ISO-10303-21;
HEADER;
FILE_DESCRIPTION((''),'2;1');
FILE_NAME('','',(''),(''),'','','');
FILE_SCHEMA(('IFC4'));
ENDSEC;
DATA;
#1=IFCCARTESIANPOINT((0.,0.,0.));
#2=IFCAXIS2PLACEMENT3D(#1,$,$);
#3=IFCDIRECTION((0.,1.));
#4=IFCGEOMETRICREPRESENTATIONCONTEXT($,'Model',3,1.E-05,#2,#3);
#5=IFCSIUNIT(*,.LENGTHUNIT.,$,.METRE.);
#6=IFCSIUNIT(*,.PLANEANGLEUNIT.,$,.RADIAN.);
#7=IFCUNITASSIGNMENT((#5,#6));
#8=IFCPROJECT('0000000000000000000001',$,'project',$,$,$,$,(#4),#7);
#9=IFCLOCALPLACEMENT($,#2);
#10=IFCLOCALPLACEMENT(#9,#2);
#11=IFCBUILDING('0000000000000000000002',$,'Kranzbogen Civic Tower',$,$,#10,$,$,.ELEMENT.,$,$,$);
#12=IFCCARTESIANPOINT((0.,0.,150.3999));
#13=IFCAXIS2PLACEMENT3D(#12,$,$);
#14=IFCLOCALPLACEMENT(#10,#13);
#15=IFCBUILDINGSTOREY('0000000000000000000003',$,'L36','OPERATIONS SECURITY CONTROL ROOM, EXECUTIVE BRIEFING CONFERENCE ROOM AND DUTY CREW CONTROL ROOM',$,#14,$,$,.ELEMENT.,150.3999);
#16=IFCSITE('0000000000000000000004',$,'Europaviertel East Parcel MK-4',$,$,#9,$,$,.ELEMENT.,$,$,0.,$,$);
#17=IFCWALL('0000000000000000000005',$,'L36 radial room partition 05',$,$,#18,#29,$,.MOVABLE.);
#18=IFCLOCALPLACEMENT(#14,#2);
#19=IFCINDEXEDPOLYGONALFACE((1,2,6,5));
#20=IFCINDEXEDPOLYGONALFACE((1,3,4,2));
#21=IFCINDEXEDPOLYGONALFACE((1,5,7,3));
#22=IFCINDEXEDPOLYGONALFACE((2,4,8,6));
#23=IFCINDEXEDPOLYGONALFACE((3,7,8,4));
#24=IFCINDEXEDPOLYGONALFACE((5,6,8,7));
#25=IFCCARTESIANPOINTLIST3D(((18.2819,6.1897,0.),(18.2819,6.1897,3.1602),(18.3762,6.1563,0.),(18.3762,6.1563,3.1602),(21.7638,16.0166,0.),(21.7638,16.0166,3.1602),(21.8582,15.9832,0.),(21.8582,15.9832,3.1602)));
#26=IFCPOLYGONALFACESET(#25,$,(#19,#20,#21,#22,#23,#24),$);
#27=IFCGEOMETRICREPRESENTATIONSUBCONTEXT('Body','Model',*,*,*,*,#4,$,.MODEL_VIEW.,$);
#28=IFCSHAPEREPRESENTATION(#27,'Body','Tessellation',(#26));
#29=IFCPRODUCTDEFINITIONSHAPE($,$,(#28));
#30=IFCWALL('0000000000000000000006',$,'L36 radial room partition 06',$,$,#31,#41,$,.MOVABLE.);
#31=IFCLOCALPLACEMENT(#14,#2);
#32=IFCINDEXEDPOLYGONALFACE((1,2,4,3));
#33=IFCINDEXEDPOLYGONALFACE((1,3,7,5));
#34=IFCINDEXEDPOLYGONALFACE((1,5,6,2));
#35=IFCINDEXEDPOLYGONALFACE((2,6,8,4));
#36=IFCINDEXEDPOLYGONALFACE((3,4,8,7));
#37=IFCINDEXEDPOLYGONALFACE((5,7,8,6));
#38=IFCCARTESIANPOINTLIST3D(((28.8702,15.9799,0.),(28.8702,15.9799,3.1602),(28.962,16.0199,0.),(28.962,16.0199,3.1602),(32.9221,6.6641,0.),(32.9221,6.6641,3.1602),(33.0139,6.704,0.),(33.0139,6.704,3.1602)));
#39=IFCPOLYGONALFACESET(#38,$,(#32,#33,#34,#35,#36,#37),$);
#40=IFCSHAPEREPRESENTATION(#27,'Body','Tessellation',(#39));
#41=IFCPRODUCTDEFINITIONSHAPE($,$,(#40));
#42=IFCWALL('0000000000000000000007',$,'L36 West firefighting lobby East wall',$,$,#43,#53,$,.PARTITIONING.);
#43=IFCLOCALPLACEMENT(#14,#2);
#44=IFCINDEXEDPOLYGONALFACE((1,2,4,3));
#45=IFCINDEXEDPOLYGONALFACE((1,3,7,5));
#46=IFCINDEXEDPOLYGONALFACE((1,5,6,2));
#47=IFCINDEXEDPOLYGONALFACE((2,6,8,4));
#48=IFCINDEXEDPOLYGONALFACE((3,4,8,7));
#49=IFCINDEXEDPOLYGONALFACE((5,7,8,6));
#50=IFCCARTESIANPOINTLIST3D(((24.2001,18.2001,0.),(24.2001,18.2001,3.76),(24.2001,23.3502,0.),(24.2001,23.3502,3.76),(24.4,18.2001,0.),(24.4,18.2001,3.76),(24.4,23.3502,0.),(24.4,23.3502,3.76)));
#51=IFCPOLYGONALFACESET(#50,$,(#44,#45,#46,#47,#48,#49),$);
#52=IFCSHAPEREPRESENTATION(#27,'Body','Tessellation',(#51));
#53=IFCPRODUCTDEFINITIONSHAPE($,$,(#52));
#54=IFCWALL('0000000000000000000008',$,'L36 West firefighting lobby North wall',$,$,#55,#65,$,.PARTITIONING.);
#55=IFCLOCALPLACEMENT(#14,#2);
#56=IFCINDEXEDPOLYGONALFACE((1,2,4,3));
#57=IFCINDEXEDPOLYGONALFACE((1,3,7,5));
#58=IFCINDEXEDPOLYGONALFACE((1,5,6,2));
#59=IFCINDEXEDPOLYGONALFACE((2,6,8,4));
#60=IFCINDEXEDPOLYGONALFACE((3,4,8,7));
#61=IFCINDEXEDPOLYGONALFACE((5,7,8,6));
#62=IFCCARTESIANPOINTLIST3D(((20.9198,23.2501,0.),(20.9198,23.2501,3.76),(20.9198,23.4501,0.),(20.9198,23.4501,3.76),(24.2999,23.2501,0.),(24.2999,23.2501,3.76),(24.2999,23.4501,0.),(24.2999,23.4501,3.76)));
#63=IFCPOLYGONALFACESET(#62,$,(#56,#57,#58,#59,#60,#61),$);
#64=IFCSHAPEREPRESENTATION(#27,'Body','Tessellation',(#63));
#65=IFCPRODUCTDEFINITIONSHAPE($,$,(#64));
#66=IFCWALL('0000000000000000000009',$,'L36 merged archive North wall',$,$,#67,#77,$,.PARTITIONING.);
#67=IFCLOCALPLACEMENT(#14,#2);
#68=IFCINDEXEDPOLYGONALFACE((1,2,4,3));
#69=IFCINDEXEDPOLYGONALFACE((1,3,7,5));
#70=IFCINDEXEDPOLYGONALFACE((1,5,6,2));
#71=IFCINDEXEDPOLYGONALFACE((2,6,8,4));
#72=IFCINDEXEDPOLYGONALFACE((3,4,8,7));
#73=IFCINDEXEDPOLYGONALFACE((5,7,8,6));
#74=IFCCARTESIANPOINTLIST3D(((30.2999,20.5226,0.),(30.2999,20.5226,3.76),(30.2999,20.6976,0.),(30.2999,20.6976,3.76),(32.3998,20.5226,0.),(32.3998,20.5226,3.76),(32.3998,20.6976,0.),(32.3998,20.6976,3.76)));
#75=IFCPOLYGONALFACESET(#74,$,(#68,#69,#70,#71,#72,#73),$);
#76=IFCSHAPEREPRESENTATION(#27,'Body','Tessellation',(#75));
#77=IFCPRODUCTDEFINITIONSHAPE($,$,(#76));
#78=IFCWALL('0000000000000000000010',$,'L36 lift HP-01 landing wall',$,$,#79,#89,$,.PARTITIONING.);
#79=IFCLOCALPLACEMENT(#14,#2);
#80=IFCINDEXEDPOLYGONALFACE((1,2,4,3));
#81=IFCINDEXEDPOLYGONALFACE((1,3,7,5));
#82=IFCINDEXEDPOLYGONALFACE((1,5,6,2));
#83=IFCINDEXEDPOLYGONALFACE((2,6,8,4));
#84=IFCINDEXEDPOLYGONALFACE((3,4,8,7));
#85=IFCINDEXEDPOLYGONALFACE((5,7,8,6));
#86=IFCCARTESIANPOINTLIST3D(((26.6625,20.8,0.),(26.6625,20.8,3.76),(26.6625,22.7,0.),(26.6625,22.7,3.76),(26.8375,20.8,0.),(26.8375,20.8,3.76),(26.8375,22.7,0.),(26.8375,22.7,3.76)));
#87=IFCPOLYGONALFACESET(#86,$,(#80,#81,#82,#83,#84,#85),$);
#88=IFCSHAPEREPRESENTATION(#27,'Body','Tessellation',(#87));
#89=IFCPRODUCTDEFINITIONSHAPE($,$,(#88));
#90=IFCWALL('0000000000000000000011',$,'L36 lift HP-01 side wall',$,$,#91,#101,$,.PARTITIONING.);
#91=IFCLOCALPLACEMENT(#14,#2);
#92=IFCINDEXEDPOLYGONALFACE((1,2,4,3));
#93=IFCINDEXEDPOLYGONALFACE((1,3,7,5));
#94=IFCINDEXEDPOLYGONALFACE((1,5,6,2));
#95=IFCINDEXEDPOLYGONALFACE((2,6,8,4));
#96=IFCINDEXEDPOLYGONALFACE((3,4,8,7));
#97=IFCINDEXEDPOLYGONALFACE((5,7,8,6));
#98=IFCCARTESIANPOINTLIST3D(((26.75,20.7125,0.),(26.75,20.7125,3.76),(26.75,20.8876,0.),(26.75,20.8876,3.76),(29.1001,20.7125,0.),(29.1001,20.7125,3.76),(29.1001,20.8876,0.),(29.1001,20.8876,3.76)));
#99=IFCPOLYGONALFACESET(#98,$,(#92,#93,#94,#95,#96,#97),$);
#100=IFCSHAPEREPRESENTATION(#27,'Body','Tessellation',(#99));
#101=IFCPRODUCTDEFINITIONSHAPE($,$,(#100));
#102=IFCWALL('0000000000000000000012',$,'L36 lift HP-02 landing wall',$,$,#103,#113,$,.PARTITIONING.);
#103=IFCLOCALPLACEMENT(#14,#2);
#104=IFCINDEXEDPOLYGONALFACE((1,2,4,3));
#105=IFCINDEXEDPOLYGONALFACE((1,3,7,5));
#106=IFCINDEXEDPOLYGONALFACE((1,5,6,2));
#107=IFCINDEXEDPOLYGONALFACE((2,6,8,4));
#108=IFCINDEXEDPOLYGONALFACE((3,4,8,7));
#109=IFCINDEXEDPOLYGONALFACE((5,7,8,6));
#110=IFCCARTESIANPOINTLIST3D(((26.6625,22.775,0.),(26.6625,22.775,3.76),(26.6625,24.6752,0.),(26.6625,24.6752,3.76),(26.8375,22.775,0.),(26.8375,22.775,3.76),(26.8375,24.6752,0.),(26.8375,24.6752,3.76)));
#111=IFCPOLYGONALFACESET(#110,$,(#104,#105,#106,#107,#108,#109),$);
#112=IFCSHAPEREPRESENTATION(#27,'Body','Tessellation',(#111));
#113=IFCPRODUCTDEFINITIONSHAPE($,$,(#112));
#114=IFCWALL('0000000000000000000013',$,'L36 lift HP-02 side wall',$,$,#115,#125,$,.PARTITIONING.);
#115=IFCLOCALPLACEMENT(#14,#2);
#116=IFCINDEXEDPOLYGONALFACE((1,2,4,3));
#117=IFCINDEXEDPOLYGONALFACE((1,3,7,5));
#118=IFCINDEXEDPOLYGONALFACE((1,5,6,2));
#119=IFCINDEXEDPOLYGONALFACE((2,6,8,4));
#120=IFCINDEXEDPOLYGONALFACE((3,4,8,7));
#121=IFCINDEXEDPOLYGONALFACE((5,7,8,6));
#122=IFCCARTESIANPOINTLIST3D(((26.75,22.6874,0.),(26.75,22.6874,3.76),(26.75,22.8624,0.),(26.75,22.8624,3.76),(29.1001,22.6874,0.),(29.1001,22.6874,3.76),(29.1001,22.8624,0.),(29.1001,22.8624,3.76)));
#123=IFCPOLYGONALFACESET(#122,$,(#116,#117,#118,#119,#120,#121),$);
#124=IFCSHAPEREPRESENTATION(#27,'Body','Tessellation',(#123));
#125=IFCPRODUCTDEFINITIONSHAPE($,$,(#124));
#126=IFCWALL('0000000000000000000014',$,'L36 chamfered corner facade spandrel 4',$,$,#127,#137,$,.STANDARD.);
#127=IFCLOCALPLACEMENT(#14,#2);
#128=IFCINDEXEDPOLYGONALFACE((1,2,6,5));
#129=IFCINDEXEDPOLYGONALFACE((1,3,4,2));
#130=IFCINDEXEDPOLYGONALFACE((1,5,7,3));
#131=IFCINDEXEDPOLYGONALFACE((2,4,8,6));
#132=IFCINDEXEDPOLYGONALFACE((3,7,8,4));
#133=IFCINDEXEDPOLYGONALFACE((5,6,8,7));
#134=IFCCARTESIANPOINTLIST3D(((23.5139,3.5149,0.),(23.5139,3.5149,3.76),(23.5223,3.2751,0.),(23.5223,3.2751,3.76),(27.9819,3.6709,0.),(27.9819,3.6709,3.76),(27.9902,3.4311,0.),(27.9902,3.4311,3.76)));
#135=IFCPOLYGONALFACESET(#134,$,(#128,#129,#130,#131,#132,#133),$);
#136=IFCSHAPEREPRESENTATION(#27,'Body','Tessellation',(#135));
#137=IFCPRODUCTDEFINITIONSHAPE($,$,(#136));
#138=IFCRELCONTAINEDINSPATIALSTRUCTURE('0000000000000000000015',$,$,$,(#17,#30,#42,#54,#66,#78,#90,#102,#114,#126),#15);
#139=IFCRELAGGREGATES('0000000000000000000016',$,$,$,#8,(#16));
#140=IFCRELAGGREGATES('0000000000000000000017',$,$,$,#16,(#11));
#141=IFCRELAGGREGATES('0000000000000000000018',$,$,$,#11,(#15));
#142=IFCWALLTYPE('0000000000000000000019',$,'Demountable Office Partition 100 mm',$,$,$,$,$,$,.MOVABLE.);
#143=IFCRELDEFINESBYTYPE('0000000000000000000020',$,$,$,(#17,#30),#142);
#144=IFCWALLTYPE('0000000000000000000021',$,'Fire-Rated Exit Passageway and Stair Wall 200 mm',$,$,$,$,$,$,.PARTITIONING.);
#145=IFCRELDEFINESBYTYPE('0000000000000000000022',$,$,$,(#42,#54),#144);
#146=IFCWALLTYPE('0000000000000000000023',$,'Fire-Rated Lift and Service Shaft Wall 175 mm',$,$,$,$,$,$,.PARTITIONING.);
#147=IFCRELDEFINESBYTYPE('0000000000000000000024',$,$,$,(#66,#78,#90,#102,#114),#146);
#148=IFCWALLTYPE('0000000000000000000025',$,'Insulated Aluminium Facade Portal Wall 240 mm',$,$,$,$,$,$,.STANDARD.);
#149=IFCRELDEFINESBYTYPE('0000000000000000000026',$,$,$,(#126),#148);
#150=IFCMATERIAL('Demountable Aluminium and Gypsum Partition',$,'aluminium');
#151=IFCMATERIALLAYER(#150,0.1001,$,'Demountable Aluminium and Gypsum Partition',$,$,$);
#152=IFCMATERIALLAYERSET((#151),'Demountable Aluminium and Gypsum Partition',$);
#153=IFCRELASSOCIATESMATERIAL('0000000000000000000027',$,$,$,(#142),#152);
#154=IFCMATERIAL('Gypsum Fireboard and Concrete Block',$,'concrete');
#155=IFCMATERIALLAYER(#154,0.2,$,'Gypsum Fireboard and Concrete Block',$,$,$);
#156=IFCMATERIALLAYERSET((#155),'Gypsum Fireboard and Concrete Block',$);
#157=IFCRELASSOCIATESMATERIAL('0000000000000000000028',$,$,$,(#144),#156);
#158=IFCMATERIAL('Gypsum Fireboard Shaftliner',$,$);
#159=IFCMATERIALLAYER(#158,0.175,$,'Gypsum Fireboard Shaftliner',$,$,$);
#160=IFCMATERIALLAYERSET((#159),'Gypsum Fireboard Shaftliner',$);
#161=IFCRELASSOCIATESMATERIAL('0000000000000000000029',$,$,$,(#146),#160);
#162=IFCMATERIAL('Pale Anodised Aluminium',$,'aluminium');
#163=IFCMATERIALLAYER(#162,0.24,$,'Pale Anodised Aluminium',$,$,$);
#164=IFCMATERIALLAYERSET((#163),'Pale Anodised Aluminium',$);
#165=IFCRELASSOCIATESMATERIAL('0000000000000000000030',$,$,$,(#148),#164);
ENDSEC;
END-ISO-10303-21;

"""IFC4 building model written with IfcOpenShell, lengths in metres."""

from ifc_helpers import new_model, si_unit, direction, frame, frame_2d, origin, place, context, subcontext, project, spatial, rectangle, extrude, material, layer, layer_set, type_object, element, save


model = new_model("IFC4")

# Units and contexts
model_context = context("Model", 3, precision=1e-05, world=origin(), true_north=direction((0.0, 1.0)))
body_context = subcontext(model_context, "Body", "Model", "MODEL_VIEW")
ifc_project = project(units=[si_unit("LENGTHUNIT", "METRE"), si_unit("PLANEANGLEUNIT", "RADIAN")], contexts=[model_context])

# Site, building, storey
site_placement = place(None, origin())
site = spatial("IfcSite", under=ifc_project, at=site_placement, Name="Europaviertel East Parcel MK-4", CompositionType="ELEMENT", RefElevation=0.0)
building_placement = place(site_placement, origin())
building = spatial("IfcBuilding", under=site, at=building_placement, Name="Kranzbogen Civic Tower", CompositionType="ELEMENT")
storey_placement = place(building_placement, frame((0.0, 0.0, 150.3999)))
storey = spatial("IfcBuildingStorey", under=building, at=storey_placement, Name="L36", Description="OPERATIONS SECURITY CONTROL ROOM, EXECUTIVE BRIEFING CONFERENCE ROOM AND DUTY CREW CONTROL ROOM", CompositionType="ELEMENT", Elevation=150.3999)

# Shared definitions
ifc_material_1 = material(Name="Pale Anodised Aluminium", Category="aluminium")

# Walls
ifc_material_2 = material(Name="Demountable Aluminium and Gypsum Partition", Category="aluminium")
ifc_layer_1 = layer(ifc_material_2, 0.1001, Name="Demountable Aluminium and Gypsum Partition")
ifc_layer_set_1 = layer_set([ifc_layer_1], Name="Demountable Aluminium and Gypsum Partition")
wall_type_1 = type_object("IfcWallType", Name="Demountable Office Partition 100 mm", PredefinedType="MOVABLE", material=ifc_layer_set_1)
wall_1_placement = place(storey_placement, frame((21.811, 16.0, 0.0), z_axis=(0.0, 0.0, 1.0), x_axis=(-0.333981, -0.94258, 0.0)))
element("IfcWall", 1, at=wall_1_placement, inside=storey, type_object=wall_type_1, Name="L36 radial room partition 05", PredefinedType="MOVABLE", context=body_context, shape_type="SweptSolid", body=[
    extrude(rectangle(XDim=10.4255, YDim=0.1001, at=frame_2d((5.2129, 0.0))), origin(), (0.0, 0.0, 1.0), 3.1602),
])
wall_2_placement = place(storey_placement, frame((28.916, 16.0, 0.0), z_axis=(0.0, 0.0, 1.0), x_axis=(0.398859, -0.917012, 0.0)))
element("IfcWall", 2, at=wall_2_placement, inside=storey, type_object=wall_type_1, Name="L36 radial room partition 06", PredefinedType="MOVABLE", context=body_context, shape_type="SweptSolid", body=[
    extrude(rectangle(XDim=10.1589, YDim=0.1001, at=frame_2d((5.0796, 0.0))), origin(), (0.0, 0.0, 1.0), 3.1602),
])
ifc_material_3 = material(Name="Gypsum Fireboard and Concrete Block", Category="concrete")
ifc_layer_2 = layer(ifc_material_3, 0.2, Name="Gypsum Fireboard and Concrete Block")
ifc_layer_set_2 = layer_set([ifc_layer_2], Name="Gypsum Fireboard and Concrete Block")
wall_type_2 = type_object("IfcWallType", Name="Fire-Rated Exit Passageway and Stair Wall 200 mm", PredefinedType="PARTITIONING", material=ifc_layer_set_2)
wall_3_placement = place(storey_placement, frame((24.3, 18.2, 0.0), z_axis=(0.0, 0.0, 1.0), x_axis=(0.0, 1.0, 0.0)))
element("IfcWall", 3, at=wall_3_placement, inside=storey, type_object=wall_type_2, Name="L36 West firefighting lobby East wall", PredefinedType="PARTITIONING", context=body_context, shape_type="SweptSolid", body=[
    extrude(rectangle(XDim=5.1501, YDim=0.2, at=frame_2d((2.5752, 0.0))), origin(), (0.0, 0.0, 1.0), 3.76),
])
wall_4_placement = place(storey_placement, frame((20.9199, 23.3501, 0.0), z_axis=(0.0, 0.0, 1.0), x_axis=(1.0, 0.0, 0.0)))
element("IfcWall", 4, at=wall_4_placement, inside=storey, type_object=wall_type_2, Name="L36 West firefighting lobby North wall", PredefinedType="PARTITIONING", context=body_context, shape_type="SweptSolid", body=[
    extrude(rectangle(XDim=3.3801, YDim=0.2, at=frame_2d((1.6899, 0.0))), origin(), (0.0, 0.0, 1.0), 3.76),
])
ifc_material_4 = material(Name="Gypsum Fireboard Shaftliner")
ifc_layer_3 = layer(ifc_material_4, 0.175, Name="Gypsum Fireboard Shaftliner")
ifc_layer_set_3 = layer_set([ifc_layer_3], Name="Gypsum Fireboard Shaftliner")
wall_type_3 = type_object("IfcWallType", Name="Fire-Rated Lift and Service Shaft Wall 175 mm", PredefinedType="PARTITIONING", material=ifc_layer_set_3)
wall_5_placement = place(storey_placement, frame((30.3, 20.6101, 0.0), z_axis=(0.0, 0.0, 1.0), x_axis=(1.0, 0.0, 0.0)))
element("IfcWall", 5, at=wall_5_placement, inside=storey, type_object=wall_type_3, Name="L36 merged archive North wall", PredefinedType="PARTITIONING", context=body_context, shape_type="SweptSolid", body=[
    extrude(rectangle(XDim=2.0999, YDim=0.175, at=frame_2d((1.0498, 0.0))), origin(), (0.0, 0.0, 1.0), 3.76),
])
wall_6_placement = place(storey_placement, frame((26.75, 20.8, 0.0), z_axis=(0.0, 0.0, 1.0), x_axis=(0.0, 1.0, 0.0)))
element("IfcWall", 6, at=wall_6_placement, inside=storey, type_object=wall_type_3, Name="L36 lift HP-01 landing wall", PredefinedType="PARTITIONING", context=body_context, shape_type="SweptSolid", body=[
    extrude(rectangle(XDim=1.8999, YDim=0.175, at=frame_2d((0.95, 0.0))), origin(), (0.0, 0.0, 1.0), 3.76),
])
wall_7_placement = place(storey_placement, frame((26.75, 20.8, 0.0), z_axis=(0.0, 0.0, 1.0), x_axis=(1.0, 0.0, 0.0)))
element("IfcWall", 7, at=wall_7_placement, inside=storey, type_object=wall_type_3, Name="L36 lift HP-01 side wall", PredefinedType="PARTITIONING", context=body_context, shape_type="SweptSolid", body=[
    extrude(rectangle(XDim=2.3501, YDim=0.175, at=frame_2d((1.175, 0.0))), origin(), (0.0, 0.0, 1.0), 3.76),
])
wall_8_placement = place(storey_placement, frame((26.75, 22.7749, 0.0), z_axis=(0.0, 0.0, 1.0), x_axis=(0.0, 1.0, 0.0)))
element("IfcWall", 8, at=wall_8_placement, inside=storey, type_object=wall_type_3, Name="L36 lift HP-02 landing wall", PredefinedType="PARTITIONING", context=body_context, shape_type="SweptSolid", body=[
    extrude(rectangle(XDim=1.9001, YDim=0.175, at=frame_2d((0.9502, 0.0))), origin(), (0.0, 0.0, 1.0), 3.76),
])
wall_9_placement = place(storey_placement, frame((26.75, 22.7749, 0.0), z_axis=(0.0, 0.0, 1.0), x_axis=(1.0, 0.0, 0.0)))
element("IfcWall", 9, at=wall_9_placement, inside=storey, type_object=wall_type_3, Name="L36 lift HP-02 side wall", PredefinedType="PARTITIONING", context=body_context, shape_type="SweptSolid", body=[
    extrude(rectangle(XDim=2.3501, YDim=0.175, at=frame_2d((1.175, 0.0))), origin(), (0.0, 0.0, 1.0), 3.76),
])
ifc_layer_4 = layer(ifc_material_1, 0.24, Name="Pale Anodised Aluminium")
ifc_layer_set_4 = layer_set([ifc_layer_4], Name="Pale Anodised Aluminium")
wall_type_4 = type_object("IfcWallType", Name="Insulated Aluminium Facade Portal Wall 240 mm", PredefinedType="STANDARD", material=ifc_layer_set_4)
wall_10_placement = place(storey_placement, frame((23.5181, 3.395, 0.0), z_axis=(0.0, 0.0, 1.0), x_axis=(0.999391, 0.034895, 0.0)))
element("IfcWall", 10, at=wall_10_placement, inside=storey, type_object=wall_type_4, Name="L36 chamfered corner facade spandrel 4", PredefinedType="STANDARD", context=body_context, shape_type="SweptSolid", body=[
    extrude(rectangle(XDim=4.4707, YDim=0.24, at=frame_2d((2.2354, 0.0))), origin(), (0.0, 0.0, 1.0), 3.76),
])

save(model, "model.ifc")
